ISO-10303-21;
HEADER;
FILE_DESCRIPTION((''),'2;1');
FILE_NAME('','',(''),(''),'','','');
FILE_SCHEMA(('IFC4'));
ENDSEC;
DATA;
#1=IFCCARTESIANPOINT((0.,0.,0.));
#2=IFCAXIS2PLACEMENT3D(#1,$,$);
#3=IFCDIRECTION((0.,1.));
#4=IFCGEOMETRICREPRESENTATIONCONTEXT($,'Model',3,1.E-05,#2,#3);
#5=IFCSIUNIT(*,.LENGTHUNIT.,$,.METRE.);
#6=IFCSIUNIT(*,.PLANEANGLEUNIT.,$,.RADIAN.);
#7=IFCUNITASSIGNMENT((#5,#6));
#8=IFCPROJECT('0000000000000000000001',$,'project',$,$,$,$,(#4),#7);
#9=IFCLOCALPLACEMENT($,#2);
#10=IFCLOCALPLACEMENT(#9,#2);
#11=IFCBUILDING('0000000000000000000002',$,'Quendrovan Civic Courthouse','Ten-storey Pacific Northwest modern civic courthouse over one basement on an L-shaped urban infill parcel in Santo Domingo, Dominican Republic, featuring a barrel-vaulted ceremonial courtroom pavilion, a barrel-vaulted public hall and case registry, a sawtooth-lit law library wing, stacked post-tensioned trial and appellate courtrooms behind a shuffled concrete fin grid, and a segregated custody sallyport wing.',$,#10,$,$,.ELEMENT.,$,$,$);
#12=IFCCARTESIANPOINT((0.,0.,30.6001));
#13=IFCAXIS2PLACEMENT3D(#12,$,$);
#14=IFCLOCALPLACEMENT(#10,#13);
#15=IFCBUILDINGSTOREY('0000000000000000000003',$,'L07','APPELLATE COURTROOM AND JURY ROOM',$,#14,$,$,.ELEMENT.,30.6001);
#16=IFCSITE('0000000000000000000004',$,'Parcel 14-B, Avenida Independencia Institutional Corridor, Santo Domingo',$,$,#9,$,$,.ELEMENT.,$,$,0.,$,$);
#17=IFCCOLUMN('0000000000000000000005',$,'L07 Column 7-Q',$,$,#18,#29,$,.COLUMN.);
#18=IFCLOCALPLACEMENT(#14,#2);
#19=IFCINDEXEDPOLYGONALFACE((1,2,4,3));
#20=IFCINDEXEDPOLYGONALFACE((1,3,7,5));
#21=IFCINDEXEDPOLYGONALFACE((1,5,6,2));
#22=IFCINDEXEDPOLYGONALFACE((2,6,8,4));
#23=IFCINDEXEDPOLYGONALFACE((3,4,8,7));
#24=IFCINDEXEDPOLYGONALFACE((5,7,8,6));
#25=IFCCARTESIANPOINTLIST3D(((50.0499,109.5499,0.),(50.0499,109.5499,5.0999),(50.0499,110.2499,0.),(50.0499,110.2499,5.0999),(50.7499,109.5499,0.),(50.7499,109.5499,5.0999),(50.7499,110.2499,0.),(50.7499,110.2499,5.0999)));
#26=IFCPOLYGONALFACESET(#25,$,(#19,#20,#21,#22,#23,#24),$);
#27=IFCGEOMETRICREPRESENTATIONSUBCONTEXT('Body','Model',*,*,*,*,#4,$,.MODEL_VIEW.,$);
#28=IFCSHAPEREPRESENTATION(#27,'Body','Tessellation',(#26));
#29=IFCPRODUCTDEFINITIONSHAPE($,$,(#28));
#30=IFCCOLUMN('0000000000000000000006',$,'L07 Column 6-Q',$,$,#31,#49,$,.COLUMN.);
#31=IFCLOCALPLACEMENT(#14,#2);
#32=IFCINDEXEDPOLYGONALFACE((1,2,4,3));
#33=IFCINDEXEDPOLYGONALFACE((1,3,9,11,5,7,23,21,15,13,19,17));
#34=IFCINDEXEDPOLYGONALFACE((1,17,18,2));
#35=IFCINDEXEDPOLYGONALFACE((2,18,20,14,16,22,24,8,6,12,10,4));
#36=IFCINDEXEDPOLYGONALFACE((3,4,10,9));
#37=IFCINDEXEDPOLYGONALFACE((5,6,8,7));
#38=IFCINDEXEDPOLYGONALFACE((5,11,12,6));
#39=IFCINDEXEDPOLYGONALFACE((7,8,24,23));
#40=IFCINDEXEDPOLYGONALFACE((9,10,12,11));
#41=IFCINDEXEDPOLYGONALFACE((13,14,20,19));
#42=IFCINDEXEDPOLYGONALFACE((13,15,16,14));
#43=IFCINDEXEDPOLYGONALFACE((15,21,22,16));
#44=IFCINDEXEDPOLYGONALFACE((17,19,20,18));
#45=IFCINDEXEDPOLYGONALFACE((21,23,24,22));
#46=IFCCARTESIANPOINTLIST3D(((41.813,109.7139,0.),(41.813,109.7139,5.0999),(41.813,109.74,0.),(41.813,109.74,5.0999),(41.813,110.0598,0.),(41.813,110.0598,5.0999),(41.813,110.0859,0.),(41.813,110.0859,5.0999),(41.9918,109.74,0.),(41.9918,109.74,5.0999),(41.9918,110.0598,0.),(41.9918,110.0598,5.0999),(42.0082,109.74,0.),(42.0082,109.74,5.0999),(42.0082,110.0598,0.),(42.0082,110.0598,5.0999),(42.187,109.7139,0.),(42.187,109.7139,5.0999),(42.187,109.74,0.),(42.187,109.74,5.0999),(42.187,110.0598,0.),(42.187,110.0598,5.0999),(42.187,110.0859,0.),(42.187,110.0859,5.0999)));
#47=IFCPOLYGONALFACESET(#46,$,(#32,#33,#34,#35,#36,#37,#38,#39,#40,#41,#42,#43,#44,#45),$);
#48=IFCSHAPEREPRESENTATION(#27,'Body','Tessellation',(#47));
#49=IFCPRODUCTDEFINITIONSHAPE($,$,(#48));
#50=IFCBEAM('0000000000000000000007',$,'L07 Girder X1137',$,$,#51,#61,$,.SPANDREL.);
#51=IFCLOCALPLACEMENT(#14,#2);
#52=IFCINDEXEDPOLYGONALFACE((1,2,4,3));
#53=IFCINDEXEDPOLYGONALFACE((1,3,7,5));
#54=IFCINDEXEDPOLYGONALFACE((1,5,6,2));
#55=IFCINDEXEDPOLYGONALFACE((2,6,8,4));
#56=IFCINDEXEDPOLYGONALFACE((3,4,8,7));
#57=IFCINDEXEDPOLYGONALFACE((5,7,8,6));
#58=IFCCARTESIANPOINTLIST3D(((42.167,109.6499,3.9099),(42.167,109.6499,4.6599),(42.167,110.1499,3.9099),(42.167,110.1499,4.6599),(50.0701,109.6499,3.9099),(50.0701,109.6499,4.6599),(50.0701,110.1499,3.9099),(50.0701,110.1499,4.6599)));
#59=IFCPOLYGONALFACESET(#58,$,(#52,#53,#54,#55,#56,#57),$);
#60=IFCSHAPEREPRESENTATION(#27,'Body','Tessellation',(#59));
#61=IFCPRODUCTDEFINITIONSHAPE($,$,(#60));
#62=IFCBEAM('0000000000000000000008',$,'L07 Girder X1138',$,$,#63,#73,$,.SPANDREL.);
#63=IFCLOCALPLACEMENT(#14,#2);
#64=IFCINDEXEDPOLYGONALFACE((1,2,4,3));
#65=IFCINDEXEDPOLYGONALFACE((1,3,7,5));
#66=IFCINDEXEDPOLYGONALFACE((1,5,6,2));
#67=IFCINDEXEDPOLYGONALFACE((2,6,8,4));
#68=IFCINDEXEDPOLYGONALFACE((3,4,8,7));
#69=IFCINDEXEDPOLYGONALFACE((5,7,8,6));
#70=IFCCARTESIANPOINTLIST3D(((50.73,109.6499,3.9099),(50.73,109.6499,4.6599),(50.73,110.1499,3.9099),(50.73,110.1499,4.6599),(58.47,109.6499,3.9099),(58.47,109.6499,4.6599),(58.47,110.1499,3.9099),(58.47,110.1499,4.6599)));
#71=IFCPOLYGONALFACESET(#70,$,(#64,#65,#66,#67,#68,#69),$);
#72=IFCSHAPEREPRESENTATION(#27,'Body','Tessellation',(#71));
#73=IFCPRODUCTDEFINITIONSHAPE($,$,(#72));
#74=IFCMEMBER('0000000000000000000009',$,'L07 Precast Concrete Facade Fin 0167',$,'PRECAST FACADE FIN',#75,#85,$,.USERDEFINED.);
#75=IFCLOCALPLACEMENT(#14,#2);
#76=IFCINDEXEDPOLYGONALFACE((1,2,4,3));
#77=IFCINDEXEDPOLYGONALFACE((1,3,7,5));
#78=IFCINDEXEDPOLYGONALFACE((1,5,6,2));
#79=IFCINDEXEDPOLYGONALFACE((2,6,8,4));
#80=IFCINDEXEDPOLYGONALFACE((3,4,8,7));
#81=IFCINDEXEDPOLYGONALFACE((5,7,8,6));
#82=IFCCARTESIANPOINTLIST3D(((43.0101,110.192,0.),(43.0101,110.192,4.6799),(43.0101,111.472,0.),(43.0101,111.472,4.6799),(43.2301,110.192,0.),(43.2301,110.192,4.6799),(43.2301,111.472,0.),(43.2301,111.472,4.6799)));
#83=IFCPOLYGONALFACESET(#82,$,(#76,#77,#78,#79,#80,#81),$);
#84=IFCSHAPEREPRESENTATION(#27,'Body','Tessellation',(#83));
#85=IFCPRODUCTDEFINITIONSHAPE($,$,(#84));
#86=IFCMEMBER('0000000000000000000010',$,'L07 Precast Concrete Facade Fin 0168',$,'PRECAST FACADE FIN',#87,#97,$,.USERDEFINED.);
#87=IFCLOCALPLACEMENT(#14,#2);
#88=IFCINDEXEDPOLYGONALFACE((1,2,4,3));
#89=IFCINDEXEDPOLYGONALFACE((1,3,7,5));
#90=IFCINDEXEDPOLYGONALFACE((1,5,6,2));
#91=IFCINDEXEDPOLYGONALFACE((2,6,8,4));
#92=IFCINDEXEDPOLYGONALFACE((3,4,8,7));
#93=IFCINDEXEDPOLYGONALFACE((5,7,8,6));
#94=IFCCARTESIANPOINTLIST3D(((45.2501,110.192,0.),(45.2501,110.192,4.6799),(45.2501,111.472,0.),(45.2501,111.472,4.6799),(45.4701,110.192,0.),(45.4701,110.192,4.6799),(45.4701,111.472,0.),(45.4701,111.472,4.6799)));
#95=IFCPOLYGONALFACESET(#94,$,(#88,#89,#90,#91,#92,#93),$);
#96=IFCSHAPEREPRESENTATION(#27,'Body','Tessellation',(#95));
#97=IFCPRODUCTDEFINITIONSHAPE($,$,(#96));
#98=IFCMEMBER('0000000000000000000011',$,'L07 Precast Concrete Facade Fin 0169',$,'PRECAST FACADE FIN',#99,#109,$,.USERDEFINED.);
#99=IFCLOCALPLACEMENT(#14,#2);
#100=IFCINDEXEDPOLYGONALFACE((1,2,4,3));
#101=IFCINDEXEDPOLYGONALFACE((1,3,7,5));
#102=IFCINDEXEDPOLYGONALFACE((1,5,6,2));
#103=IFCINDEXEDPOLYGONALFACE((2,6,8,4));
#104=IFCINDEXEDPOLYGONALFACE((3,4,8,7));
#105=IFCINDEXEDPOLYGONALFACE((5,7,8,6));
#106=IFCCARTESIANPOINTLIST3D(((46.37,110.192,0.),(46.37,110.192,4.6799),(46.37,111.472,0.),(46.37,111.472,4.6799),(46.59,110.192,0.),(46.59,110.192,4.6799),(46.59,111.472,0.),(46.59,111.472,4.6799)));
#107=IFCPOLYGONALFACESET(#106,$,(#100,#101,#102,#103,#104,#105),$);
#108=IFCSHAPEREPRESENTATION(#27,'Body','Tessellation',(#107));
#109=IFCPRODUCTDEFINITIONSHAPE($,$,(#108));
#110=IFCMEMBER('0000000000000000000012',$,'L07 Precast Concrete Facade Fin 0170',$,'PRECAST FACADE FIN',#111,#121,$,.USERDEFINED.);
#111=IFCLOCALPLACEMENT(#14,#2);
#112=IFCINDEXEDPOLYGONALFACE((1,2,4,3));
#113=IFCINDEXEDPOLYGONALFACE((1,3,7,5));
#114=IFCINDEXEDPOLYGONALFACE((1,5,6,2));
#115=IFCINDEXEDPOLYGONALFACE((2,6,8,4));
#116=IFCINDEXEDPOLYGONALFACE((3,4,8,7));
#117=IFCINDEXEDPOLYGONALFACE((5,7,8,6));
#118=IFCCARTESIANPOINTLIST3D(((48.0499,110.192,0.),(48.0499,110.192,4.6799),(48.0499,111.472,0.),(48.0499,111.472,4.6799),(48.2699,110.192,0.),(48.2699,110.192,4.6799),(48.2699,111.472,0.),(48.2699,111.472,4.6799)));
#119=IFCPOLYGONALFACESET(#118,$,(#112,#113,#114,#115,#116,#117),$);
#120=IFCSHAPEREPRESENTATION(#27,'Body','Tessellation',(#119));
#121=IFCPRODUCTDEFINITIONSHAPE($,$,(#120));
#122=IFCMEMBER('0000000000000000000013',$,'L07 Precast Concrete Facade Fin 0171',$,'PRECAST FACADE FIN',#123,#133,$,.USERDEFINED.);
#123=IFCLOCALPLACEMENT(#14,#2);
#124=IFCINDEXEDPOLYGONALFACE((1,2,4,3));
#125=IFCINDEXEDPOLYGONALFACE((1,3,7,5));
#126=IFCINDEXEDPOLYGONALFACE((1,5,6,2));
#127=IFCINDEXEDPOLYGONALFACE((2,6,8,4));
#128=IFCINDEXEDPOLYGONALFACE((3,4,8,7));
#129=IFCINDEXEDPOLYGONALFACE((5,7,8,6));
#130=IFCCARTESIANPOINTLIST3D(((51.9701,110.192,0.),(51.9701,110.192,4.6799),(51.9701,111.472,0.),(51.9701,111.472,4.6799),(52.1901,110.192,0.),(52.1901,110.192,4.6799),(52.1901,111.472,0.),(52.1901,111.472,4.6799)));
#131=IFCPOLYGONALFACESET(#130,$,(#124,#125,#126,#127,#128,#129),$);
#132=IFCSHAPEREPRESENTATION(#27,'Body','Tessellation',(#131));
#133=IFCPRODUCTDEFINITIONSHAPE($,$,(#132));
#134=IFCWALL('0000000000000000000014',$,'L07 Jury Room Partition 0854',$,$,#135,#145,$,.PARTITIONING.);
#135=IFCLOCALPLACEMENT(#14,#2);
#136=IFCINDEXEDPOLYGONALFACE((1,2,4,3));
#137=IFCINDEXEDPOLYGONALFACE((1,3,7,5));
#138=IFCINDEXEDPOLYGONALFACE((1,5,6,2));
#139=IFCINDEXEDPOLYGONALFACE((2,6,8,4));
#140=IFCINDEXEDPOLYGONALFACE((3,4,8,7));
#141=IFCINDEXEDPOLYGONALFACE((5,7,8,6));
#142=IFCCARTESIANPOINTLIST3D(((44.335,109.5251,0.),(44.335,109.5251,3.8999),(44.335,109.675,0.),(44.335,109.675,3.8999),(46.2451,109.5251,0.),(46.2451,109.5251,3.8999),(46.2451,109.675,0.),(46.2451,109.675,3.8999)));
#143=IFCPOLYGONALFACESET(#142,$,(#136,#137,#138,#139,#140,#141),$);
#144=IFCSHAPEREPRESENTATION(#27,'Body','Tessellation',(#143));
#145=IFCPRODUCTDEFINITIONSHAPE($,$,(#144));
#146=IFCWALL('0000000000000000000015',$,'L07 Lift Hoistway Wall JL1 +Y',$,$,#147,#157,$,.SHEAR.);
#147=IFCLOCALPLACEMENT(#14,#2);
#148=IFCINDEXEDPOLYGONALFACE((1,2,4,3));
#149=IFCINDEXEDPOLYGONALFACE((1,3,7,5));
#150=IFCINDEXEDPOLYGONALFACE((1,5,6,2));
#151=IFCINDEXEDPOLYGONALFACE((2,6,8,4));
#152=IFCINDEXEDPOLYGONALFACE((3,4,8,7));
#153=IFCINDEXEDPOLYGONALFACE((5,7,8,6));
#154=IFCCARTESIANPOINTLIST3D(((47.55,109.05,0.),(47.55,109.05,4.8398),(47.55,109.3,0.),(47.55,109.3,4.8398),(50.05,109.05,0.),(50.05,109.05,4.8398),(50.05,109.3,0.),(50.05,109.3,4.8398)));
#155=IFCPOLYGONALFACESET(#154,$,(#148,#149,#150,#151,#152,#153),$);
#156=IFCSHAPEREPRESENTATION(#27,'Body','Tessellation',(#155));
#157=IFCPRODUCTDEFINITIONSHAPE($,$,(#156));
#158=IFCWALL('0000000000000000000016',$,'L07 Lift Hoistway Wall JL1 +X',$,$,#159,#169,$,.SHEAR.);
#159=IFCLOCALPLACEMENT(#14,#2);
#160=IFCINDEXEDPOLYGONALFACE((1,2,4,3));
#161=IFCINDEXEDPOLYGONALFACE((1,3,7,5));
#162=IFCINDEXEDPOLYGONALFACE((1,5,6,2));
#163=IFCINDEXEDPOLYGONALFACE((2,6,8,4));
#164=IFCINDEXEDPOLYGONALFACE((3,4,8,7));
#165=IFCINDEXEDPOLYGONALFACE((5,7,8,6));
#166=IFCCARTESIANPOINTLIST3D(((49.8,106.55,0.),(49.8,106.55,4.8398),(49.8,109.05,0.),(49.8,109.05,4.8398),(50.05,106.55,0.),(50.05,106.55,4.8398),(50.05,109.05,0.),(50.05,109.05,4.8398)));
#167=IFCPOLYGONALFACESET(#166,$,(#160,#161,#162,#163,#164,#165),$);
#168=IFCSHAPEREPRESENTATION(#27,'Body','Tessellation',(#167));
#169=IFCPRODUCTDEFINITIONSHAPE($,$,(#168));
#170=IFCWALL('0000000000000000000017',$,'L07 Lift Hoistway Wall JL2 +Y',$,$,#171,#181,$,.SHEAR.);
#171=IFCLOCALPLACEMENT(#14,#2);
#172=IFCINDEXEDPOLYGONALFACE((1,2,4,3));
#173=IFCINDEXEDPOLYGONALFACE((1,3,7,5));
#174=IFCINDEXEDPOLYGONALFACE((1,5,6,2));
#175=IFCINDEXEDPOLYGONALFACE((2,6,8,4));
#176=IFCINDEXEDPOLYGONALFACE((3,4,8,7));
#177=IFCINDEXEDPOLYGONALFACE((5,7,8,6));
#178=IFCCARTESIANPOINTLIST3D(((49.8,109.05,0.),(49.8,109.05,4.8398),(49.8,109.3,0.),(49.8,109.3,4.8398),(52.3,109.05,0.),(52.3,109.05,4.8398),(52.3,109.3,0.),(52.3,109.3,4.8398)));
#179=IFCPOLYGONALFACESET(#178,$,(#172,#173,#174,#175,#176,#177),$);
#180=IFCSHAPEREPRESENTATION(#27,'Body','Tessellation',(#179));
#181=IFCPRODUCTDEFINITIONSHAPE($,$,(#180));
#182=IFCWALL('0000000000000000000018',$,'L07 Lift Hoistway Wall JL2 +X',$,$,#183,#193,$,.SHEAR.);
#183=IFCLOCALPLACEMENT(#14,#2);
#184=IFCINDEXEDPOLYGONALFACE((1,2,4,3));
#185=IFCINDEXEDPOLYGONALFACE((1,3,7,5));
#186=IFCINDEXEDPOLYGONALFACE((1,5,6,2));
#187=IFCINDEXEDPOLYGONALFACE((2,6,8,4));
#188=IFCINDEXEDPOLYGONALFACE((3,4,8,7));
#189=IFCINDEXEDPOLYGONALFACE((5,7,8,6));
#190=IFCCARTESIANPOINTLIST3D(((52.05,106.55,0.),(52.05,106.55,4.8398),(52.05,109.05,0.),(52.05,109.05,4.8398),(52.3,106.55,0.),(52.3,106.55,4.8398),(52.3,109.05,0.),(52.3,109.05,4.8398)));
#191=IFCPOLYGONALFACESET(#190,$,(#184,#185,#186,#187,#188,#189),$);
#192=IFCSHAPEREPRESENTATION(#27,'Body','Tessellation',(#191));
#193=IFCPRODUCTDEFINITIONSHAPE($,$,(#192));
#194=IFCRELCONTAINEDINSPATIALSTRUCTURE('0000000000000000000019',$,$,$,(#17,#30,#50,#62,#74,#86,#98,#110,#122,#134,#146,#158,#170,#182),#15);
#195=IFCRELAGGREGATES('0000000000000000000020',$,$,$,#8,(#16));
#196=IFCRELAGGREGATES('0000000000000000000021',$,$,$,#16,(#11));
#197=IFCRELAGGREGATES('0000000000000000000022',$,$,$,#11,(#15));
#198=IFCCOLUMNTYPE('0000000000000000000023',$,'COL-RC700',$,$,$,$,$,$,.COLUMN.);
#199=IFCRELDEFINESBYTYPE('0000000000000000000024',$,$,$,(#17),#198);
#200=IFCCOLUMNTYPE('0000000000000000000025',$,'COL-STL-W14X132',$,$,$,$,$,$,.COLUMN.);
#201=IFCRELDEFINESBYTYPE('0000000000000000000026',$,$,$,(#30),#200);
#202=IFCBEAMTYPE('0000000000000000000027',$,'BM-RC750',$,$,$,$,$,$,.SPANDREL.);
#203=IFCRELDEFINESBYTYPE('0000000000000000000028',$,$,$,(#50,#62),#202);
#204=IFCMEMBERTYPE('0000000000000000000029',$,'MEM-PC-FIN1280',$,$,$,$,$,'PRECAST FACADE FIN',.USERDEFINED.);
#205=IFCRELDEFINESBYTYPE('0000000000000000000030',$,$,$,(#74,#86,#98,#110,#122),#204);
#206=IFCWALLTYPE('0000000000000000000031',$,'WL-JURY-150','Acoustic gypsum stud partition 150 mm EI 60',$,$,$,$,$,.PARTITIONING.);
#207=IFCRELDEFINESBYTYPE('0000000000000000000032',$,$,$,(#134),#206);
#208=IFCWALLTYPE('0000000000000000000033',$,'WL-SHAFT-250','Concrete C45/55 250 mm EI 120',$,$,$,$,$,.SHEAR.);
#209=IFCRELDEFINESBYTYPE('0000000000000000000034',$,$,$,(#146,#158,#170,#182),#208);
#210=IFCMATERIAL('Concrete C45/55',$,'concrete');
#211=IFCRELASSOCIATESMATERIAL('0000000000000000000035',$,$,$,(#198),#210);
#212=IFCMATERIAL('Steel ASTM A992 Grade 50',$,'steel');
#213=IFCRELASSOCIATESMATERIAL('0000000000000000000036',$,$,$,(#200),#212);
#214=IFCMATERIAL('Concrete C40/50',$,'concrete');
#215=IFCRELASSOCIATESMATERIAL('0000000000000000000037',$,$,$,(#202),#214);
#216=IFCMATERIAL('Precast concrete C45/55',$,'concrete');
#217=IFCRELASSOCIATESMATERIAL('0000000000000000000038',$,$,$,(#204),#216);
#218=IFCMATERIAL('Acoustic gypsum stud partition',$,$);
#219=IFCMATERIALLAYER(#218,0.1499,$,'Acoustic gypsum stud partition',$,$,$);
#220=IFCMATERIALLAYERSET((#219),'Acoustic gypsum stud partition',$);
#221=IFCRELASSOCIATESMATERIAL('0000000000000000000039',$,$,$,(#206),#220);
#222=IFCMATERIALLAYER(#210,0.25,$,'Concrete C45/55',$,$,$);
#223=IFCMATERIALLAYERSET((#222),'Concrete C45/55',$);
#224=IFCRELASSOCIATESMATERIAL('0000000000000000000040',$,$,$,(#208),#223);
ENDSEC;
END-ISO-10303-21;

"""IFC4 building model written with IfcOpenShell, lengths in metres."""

from ifc_helpers import new_model, si_unit, direction, frame, frame_2d, origin, origin_2d, place, context, subcontext, project, spatial, rectangle, i_section, extrude, material, layer, layer_set, material_profile, profile_set, type_object, element, save


model = new_model("IFC4")

# Units and contexts
model_context = context("Model", 3, precision=1e-05, world=origin(), true_north=direction((0.0, 1.0)))
body_context = subcontext(model_context, "Body", "Model", "MODEL_VIEW")
ifc_project = project(units=[si_unit("LENGTHUNIT", "METRE"), si_unit("PLANEANGLEUNIT", "RADIAN")], contexts=[model_context])

# Site, building, storey
site_placement = place(None, origin())
site = spatial("IfcSite", under=ifc_project, at=site_placement, Name="Parcel 14-B, Avenida Independencia Institutional Corridor, Santo Domingo", CompositionType="ELEMENT", RefElevation=0.0)
building_placement = place(site_placement, origin())
building = spatial("IfcBuilding", under=site, at=building_placement, Name="Quendrovan Civic Courthouse", Description="Ten-storey Pacific Northwest modern civic courthouse over one basement on an L-shaped urban infill parcel in Santo Domingo, Dominican Republic, featuring a barrel-vaulted ceremonial courtroom pavilion, a barrel-vaulted public hall and case registry, a sawtooth-lit law library wing, stacked post-tensioned trial and appellate courtrooms behind a shuffled concrete fin grid, and a segregated custody sallyport wing.", CompositionType="ELEMENT")
storey_placement = place(building_placement, frame((0.0, 0.0, 30.6001)))
storey = spatial("IfcBuildingStorey", under=building, at=storey_placement, Name="L07", Description="APPELLATE COURTROOM AND JURY ROOM", CompositionType="ELEMENT", Elevation=30.6001)

# Columns
ifc_material_1 = material(Name="Concrete C45/55", Category="concrete")
ifc_material_profile_1 = material_profile(ifc_material_1, rectangle(XDim=0.7, YDim=0.7, at=origin_2d()), Name="RC-COL-700x700")
ifc_profile_set_1 = profile_set([ifc_material_profile_1], Name="Concrete C45/55")
column_type_1 = type_object("IfcColumnType", Name="COL-RC700", PredefinedType="COLUMN", material=ifc_profile_set_1)
column_1_placement = place(storey_placement, frame((50.3999, 109.8999, 0.0), z_axis=(0.0, 0.0, 1.0), x_axis=(1.0, 0.0, 0.0)))
element("IfcColumn", 1, at=column_1_placement, inside=storey, type_object=column_type_1, Name="L07 Column 7-Q", PredefinedType="COLUMN", context=body_context, shape_type="SweptSolid", body=[
    extrude(rectangle(XDim=0.7, YDim=0.7, at=origin_2d()), origin(), (0.0, 0.0, 1.0), 5.0999),
])
ifc_material_2 = material(Name="Steel ASTM A992 Grade 50", Category="steel")
ifc_material_profile_2 = material_profile(ifc_material_2, i_section(OverallWidth=0.374, OverallDepth=0.3721, WebThickness=0.0164, FlangeThickness=0.0261, at=origin_2d()), Name="W14X132")
ifc_profile_set_2 = profile_set([ifc_material_profile_2], Name="Steel ASTM A992 Grade 50")
column_type_2 = type_object("IfcColumnType", Name="COL-STL-W14X132", PredefinedType="COLUMN", material=ifc_profile_set_2)
column_2_placement = place(storey_placement, frame((42.0, 109.8999, 0.0), z_axis=(0.0, 0.0, 1.0), x_axis=(1.0, 0.0, 0.0)))
element("IfcColumn", 2, at=column_2_placement, inside=storey, type_object=column_type_2, Name="L07 Column 6-Q", PredefinedType="COLUMN", context=body_context, shape_type="SweptSolid", body=[
    extrude(i_section(OverallWidth=0.374, OverallDepth=0.3721, WebThickness=0.0164, FlangeThickness=0.0261, at=origin_2d()), origin(), (0.0, 0.0, 1.0), 5.0999),
])

# Beams
ifc_material_3 = material(Name="Concrete C40/50", Category="concrete")
ifc_material_profile_3 = material_profile(ifc_material_3, rectangle(XDim=0.5, YDim=0.75, at=origin_2d()), Name="RC-BM-500x750")
ifc_profile_set_3 = profile_set([ifc_material_profile_3], Name="Concrete C40/50")
beam_type = type_object("IfcBeamType", Name="BM-RC750", PredefinedType="SPANDREL", material=ifc_profile_set_3)
beam_1_placement = place(storey_placement, frame((42.167, 109.8999, 4.2849), z_axis=(1.0, 0.0, 0.0), x_axis=(0.0, 1.0, 0.0)))
element("IfcBeam", 3, at=beam_1_placement, inside=storey, type_object=beam_type, Name="L07 Girder X1137", PredefinedType="SPANDREL", context=body_context, shape_type="SweptSolid", body=[
    extrude(rectangle(XDim=0.5, YDim=0.75, at=origin_2d()), origin(), (0.0, 0.0, 1.0), 7.9031),
])
beam_2_placement = place(storey_placement, frame((50.73, 109.8999, 4.2849), z_axis=(1.0, 0.0, 0.0), x_axis=(0.0, 1.0, 0.0)))
element("IfcBeam", 4, at=beam_2_placement, inside=storey, type_object=beam_type, Name="L07 Girder X1138", PredefinedType="SPANDREL", context=body_context, shape_type="SweptSolid", body=[
    extrude(rectangle(XDim=0.5, YDim=0.75, at=origin_2d()), origin(), (0.0, 0.0, 1.0), 7.74),
])

# Members
ifc_material_4 = material(Name="Precast concrete C45/55", Category="concrete")
ifc_material_profile_4 = material_profile(ifc_material_4, rectangle(XDim=0.22, YDim=1.28, at=origin_2d()), Name="PC-FIN-220x1280")
ifc_profile_set_4 = profile_set([ifc_material_profile_4], Name="Precast concrete C45/55")
member_type = type_object("IfcMemberType", Name="MEM-PC-FIN1280", ElementType="PRECAST FACADE FIN", PredefinedType="USERDEFINED", material=ifc_profile_set_4)
for number, where, z_axis, x_axis, name in (
    (5, (43.1201, 110.832, 0.0), (0.0, 0.0, 1.0), (1.0, 0.0, 0.0), "L07 Precast Concrete Facade Fin 0167"),
    (6, (45.3601, 110.832, 0.0), (0.0, 0.0, 1.0), (1.0, 0.0, 0.0), "L07 Precast Concrete Facade Fin 0168"),
    (7, (46.48, 110.832, 0.0), (0.0, 0.0, 1.0), (1.0, 0.0, 0.0), "L07 Precast Concrete Facade Fin 0169"),
    (8, (48.1599, 110.832, 0.0), (0.0, 0.0, 1.0), (1.0, 0.0, 0.0), "L07 Precast Concrete Facade Fin 0170"),
    (9, (52.0801, 110.832, 0.0), (0.0, 0.0, 1.0), (1.0, 0.0, 0.0), "L07 Precast Concrete Facade Fin 0171"),
):
    element("IfcMember", number, at=place(storey_placement, frame(where, z_axis=z_axis, x_axis=x_axis)), inside=storey, type_object=member_type, Name=name, ObjectType="PRECAST FACADE FIN", PredefinedType="USERDEFINED", context=body_context, shape_type="SweptSolid", body=[
        extrude(rectangle(XDim=0.22, YDim=1.28, at=origin_2d()), origin(), (0.0, 0.0, 1.0), 4.6799),
    ])

# Walls
ifc_material_5 = material(Name="Acoustic gypsum stud partition")
ifc_layer_1 = layer(ifc_material_5, 0.1499, Name="Acoustic gypsum stud partition")
ifc_layer_set_1 = layer_set([ifc_layer_1], Name="Acoustic gypsum stud partition")
wall_type_1 = type_object("IfcWallType", Name="WL-JURY-150", Description="Acoustic gypsum stud partition 150 mm EI 60", PredefinedType="PARTITIONING", material=ifc_layer_set_1)
wall_1_placement = place(storey_placement, frame((46.2451, 109.6001, 0.0), z_axis=(0.0, 0.0, 1.0), x_axis=(-1.0, 0.0, 0.0)))
element("IfcWall", 10, at=wall_1_placement, inside=storey, type_object=wall_type_1, Name="L07 Jury Room Partition 0854", PredefinedType="PARTITIONING", context=body_context, shape_type="SweptSolid", body=[
    extrude(rectangle(XDim=1.9102, YDim=0.1499, at=frame_2d((0.9551, 0.0))), origin(), (0.0, 0.0, 1.0), 3.8999),
])
ifc_layer_2 = layer(ifc_material_1, 0.25, Name="Concrete C45/55")
ifc_layer_set_2 = layer_set([ifc_layer_2], Name="Concrete C45/55")
wall_type_2 = type_object("IfcWallType", Name="WL-SHAFT-250", Description="Concrete C45/55 250 mm EI 120", PredefinedType="SHEAR", material=ifc_layer_set_2)
for number, where, z_axis, x_axis, name in (
    (11, (50.05, 109.175, 0.0), (0.0, 0.0, 1.0), (-1.0, 0.0, 0.0), "L07 Lift Hoistway Wall JL1 +Y"),
    (12, (49.925, 109.05, 0.0), (0.0, 0.0, 1.0), (0.0, -1.0, 0.0), "L07 Lift Hoistway Wall JL1 +X"),
    (13, (52.3, 109.175, 0.0), (0.0, 0.0, 1.0), (-1.0, 0.0, 0.0), "L07 Lift Hoistway Wall JL2 +Y"),
    (14, (52.175, 109.05, 0.0), (0.0, 0.0, 1.0), (0.0, -1.0, 0.0), "L07 Lift Hoistway Wall JL2 +X"),
):
    element("IfcWall", number, at=place(storey_placement, frame(where, z_axis=z_axis, x_axis=x_axis)), inside=storey, type_object=wall_type_2, Name=name, PredefinedType="SHEAR", context=body_context, shape_type="SweptSolid", body=[
        extrude(rectangle(XDim=2.5, YDim=0.25, at=frame_2d((1.25, 0.0))), origin(), (0.0, 0.0, 1.0), 4.8398),
    ])

save(model, "model.ifc")
